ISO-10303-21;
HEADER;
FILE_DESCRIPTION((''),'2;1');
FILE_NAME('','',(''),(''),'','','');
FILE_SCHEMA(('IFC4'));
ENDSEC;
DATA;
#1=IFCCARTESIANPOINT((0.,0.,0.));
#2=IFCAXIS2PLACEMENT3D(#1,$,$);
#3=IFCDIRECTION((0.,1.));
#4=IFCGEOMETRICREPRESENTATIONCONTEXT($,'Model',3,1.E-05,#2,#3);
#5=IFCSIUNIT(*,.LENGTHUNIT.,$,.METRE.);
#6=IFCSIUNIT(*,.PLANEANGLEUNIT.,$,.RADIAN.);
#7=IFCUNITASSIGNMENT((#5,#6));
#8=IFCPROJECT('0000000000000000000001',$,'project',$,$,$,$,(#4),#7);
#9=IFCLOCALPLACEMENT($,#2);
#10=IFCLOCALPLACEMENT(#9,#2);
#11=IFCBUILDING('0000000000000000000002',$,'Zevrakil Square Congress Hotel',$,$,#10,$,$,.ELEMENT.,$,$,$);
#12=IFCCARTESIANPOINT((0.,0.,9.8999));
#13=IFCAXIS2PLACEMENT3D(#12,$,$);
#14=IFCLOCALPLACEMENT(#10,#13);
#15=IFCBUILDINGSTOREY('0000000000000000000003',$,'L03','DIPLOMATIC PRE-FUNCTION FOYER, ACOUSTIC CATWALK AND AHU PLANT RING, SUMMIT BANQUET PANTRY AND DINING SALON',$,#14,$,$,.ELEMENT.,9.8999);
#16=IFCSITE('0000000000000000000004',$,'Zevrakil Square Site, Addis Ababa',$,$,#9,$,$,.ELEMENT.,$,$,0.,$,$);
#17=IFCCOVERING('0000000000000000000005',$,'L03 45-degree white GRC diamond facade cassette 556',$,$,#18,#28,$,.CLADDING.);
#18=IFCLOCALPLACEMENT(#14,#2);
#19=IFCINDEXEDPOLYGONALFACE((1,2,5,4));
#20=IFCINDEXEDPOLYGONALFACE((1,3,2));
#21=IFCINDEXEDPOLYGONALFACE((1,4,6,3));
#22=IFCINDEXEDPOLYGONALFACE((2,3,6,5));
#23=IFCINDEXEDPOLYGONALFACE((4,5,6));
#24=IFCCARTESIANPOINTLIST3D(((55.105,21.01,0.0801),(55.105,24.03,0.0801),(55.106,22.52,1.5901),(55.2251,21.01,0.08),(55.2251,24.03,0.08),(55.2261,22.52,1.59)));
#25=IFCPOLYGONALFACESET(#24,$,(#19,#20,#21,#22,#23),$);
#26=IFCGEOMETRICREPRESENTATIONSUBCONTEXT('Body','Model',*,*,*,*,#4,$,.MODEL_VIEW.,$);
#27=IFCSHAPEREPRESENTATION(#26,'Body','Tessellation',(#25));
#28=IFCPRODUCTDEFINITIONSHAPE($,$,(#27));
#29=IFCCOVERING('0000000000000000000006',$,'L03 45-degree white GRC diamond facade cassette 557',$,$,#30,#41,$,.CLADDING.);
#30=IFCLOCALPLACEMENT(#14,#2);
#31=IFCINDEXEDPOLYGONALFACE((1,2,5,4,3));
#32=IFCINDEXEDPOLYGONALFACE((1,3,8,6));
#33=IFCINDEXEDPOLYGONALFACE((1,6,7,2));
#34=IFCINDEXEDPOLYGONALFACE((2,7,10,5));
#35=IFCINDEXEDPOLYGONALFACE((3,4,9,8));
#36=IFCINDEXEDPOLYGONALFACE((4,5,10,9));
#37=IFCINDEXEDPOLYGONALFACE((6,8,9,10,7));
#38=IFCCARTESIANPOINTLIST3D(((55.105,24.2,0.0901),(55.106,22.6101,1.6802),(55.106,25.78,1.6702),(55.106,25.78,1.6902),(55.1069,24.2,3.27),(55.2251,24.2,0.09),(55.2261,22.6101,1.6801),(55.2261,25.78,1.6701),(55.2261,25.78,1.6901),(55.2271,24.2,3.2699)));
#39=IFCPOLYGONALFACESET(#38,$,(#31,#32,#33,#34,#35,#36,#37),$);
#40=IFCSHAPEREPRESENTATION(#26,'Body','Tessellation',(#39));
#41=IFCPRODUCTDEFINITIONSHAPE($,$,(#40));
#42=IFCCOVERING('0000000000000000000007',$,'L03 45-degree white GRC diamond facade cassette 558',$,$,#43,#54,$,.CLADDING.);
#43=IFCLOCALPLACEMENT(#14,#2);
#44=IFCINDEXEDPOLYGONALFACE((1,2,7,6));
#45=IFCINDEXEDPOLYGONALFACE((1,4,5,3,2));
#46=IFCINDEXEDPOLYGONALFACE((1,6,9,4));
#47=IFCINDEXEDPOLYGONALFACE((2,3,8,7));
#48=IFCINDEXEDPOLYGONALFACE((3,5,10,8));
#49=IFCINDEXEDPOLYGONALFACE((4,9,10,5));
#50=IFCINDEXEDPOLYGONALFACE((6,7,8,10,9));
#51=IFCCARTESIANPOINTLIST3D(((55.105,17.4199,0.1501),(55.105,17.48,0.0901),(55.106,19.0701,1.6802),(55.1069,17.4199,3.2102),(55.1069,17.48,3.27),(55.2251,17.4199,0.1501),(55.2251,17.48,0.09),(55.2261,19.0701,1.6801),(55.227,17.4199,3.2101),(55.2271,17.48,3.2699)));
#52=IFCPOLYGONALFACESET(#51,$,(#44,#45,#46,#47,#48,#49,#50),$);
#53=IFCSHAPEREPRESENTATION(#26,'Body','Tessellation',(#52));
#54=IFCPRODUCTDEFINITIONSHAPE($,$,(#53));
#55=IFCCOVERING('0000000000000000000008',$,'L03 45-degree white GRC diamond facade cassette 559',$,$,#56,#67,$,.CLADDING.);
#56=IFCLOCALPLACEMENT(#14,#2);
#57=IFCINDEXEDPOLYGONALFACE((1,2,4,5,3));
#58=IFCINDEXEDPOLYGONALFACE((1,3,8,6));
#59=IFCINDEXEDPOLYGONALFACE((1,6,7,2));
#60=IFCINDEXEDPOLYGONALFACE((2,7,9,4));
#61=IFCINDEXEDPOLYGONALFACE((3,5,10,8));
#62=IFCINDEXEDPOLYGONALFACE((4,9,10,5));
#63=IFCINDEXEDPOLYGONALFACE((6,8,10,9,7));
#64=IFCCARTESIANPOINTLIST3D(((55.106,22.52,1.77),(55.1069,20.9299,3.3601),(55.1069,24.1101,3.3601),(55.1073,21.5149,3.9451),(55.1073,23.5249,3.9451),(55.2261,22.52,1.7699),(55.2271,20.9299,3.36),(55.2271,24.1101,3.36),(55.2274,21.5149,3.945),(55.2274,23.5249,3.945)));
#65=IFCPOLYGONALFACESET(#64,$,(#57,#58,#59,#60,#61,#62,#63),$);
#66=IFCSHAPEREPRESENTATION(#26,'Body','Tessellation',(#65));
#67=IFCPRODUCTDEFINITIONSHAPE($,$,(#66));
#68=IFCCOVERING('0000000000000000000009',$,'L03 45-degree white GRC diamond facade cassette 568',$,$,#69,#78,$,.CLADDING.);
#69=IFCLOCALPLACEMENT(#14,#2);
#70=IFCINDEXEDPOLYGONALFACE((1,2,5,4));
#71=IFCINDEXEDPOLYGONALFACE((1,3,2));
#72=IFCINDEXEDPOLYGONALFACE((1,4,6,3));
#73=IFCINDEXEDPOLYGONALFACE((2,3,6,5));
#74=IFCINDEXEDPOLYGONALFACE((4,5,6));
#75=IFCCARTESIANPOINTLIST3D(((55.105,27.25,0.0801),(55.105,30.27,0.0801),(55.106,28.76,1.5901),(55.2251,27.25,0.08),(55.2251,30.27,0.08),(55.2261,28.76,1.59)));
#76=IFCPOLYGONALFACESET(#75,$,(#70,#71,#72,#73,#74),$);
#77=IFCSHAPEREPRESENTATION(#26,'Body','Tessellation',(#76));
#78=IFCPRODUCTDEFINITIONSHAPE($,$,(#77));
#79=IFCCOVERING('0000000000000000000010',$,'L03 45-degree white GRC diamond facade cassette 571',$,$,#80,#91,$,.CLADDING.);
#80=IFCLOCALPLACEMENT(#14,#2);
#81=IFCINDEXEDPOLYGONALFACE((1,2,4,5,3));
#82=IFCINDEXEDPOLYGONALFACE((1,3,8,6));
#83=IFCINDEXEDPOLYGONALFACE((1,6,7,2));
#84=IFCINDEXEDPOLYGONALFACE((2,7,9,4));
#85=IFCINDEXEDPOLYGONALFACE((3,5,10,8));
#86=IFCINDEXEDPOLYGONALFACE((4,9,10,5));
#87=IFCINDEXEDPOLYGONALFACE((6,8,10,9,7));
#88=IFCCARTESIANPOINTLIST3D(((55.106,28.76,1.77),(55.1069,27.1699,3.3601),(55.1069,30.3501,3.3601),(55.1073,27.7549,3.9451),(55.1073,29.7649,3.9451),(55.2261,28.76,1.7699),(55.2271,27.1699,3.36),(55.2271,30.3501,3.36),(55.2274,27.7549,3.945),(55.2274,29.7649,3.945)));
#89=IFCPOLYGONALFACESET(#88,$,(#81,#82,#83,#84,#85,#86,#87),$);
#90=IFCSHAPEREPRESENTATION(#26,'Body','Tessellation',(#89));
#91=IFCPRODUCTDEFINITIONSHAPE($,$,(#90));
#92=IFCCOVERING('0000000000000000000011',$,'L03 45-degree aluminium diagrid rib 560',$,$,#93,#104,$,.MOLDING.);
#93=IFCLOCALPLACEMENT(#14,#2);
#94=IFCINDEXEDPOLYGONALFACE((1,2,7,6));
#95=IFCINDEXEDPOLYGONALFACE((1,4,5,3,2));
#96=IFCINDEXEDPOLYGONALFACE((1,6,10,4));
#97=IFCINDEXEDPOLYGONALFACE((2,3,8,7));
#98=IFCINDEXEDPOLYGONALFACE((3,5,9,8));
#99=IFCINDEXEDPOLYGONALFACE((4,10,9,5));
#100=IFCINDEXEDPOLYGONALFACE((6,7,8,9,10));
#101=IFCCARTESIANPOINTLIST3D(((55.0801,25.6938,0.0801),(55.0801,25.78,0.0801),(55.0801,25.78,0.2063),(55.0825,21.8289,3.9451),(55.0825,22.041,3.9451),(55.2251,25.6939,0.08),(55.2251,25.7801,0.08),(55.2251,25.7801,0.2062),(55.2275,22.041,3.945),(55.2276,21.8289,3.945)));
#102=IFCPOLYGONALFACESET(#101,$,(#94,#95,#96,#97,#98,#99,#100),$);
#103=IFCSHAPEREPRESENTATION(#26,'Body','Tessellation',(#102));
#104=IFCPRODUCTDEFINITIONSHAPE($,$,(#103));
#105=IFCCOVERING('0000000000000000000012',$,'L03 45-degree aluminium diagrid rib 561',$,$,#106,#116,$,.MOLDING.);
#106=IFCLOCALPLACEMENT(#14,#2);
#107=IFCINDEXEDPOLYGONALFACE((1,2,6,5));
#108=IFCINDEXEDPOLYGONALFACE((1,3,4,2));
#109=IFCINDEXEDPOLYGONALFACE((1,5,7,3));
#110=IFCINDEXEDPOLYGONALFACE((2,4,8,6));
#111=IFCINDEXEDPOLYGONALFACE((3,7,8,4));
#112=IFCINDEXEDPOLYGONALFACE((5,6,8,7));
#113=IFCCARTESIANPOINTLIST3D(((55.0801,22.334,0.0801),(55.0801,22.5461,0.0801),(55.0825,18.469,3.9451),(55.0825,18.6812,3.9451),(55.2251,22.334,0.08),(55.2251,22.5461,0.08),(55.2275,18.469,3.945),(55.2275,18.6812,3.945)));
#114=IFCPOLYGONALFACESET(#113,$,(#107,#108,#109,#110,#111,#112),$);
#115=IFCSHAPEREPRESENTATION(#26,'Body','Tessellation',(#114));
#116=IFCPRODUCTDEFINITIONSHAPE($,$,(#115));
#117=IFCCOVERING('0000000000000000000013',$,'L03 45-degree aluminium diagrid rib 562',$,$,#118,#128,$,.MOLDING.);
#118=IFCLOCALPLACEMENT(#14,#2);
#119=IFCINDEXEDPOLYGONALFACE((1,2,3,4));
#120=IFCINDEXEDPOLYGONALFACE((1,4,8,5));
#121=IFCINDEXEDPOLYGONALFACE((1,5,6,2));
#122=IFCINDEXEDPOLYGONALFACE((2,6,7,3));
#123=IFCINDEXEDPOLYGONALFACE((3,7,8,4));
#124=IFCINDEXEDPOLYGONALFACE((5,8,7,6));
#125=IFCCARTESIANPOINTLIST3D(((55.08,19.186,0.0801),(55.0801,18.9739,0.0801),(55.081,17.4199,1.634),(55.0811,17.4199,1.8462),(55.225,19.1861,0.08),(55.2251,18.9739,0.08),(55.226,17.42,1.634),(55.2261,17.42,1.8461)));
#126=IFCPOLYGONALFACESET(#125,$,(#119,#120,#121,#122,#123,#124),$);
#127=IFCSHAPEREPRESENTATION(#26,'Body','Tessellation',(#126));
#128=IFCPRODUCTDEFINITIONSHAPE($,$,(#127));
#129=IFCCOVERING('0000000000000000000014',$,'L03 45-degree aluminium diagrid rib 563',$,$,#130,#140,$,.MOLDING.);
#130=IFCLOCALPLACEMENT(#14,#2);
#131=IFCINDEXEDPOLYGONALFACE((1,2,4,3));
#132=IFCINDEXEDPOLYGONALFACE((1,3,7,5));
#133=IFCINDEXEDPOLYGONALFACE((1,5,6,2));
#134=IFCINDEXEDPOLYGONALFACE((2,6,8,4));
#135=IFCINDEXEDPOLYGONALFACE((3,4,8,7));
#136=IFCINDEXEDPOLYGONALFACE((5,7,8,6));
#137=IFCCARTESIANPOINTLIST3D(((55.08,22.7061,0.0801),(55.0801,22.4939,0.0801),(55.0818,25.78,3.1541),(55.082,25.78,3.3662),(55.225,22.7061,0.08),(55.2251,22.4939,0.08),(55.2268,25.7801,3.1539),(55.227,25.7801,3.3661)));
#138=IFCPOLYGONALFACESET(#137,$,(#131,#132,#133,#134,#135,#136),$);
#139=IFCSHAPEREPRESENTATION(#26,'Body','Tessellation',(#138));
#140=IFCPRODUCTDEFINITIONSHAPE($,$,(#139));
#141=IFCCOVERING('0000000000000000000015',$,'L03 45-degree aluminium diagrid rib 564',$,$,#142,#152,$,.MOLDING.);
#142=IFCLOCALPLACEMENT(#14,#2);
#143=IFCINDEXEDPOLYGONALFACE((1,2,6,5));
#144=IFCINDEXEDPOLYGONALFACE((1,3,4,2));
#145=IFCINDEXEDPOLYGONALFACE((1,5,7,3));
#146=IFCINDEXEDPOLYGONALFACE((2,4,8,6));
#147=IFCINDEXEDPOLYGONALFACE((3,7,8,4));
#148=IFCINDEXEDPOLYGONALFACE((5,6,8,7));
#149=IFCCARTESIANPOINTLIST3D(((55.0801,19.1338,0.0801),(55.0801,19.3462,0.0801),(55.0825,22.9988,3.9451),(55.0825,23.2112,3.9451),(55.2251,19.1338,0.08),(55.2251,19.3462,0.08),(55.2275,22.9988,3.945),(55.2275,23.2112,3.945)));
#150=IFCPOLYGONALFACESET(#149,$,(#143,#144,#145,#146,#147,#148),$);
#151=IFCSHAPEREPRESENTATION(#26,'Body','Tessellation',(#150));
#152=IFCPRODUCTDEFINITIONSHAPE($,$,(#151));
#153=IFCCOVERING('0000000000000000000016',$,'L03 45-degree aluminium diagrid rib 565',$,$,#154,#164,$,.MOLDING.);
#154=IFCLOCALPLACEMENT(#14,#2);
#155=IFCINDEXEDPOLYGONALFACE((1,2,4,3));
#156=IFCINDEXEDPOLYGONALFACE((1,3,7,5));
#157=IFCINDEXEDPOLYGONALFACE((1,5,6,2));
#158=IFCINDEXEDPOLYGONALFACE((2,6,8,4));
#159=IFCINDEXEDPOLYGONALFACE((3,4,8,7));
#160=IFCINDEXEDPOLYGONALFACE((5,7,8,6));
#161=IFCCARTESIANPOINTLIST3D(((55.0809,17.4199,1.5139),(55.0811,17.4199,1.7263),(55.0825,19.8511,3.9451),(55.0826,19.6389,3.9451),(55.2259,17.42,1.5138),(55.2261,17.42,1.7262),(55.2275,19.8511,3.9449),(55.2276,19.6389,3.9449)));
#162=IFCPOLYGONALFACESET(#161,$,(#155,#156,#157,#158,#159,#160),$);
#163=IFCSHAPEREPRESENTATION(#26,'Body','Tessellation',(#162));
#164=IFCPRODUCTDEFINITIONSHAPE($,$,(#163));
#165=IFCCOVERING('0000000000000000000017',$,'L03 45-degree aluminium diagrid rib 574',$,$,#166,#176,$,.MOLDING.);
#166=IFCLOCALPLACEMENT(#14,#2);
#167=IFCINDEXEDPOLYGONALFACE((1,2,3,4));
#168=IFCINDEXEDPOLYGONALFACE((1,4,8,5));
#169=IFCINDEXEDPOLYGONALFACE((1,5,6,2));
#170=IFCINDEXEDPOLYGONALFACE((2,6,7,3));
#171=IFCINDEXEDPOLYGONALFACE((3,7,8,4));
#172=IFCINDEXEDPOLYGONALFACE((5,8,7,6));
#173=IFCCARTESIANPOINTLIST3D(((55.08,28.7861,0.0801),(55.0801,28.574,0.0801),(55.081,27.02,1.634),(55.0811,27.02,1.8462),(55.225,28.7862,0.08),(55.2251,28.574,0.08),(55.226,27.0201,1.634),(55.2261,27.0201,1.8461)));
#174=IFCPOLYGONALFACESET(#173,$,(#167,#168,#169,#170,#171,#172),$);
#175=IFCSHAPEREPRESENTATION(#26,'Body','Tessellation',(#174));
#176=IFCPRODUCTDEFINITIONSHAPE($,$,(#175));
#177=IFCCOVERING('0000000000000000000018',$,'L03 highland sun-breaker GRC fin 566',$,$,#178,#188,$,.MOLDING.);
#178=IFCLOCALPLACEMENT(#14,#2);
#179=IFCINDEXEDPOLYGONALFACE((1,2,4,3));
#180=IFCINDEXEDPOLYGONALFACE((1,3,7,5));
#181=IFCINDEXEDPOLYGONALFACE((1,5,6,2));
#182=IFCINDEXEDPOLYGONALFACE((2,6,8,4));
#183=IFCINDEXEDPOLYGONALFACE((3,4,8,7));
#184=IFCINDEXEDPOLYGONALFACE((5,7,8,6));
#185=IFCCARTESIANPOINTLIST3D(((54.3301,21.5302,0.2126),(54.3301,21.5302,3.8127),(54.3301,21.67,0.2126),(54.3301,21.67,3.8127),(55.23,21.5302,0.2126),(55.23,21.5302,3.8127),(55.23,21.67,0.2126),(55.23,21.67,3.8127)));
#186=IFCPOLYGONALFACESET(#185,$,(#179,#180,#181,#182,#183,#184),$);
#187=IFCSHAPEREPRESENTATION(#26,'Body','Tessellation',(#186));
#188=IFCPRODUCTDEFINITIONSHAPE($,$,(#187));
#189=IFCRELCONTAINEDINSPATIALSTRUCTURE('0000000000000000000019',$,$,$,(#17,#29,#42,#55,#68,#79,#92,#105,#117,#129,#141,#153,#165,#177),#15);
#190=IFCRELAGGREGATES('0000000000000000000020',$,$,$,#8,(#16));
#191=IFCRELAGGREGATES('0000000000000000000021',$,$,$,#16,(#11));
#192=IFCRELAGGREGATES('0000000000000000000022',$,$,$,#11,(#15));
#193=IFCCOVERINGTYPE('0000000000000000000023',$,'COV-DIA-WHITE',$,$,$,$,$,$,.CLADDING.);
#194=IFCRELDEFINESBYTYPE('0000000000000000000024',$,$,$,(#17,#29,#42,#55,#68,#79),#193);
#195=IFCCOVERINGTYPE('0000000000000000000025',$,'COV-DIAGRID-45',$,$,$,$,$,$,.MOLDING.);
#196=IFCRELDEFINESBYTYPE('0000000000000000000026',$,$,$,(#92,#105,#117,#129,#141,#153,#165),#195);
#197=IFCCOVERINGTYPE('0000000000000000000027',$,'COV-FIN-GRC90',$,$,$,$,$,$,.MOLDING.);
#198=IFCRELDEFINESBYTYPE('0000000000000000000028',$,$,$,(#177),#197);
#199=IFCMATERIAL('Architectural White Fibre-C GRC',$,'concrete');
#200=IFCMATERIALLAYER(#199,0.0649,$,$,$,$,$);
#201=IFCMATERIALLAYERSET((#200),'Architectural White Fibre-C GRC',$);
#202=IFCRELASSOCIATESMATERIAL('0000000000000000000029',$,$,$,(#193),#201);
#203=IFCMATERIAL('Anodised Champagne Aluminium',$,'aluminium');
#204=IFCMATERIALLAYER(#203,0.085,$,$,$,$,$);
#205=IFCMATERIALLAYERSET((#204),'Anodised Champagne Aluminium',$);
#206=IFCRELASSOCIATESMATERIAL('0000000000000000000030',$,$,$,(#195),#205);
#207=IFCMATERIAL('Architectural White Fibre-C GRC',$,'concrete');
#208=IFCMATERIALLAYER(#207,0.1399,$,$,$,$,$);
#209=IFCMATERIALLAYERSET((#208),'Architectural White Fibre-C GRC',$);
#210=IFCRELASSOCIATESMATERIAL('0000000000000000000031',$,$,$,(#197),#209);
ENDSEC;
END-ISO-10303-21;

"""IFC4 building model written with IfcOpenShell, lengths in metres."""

from ifc_helpers import new_model, si_unit, direction, frame, origin, origin_2d, place, context, subcontext, project, spatial, polyline, rectangle, outline, extrude, material, layer, layer_set, type_object, element, save


model = new_model("IFC4")

# Units and contexts
model_context = context("Model", 3, precision=1e-05, world=origin(), true_north=direction((0.0, 1.0)))
body_context = subcontext(model_context, "Body", "Model", "MODEL_VIEW")
ifc_project = project(units=[si_unit("LENGTHUNIT", "METRE"), si_unit("PLANEANGLEUNIT", "RADIAN")], contexts=[model_context])

# Site, building, storey
site_placement = place(None, origin())
site = spatial("IfcSite", under=ifc_project, at=site_placement, Name="Zevrakil Square Site, Addis Ababa", CompositionType="ELEMENT", RefElevation=0.0)
building_placement = place(site_placement, origin())
building = spatial("IfcBuilding", under=site, at=building_placement, Name="Zevrakil Square Congress Hotel", CompositionType="ELEMENT")
storey_placement = place(building_placement, frame((0.0, 0.0, 9.8999)))
storey = spatial("IfcBuildingStorey", under=building, at=storey_placement, Name="L03", Description="DIPLOMATIC PRE-FUNCTION FOYER, ACOUSTIC CATWALK AND AHU PLANT RING, SUMMIT BANQUET PANTRY AND DINING SALON", CompositionType="ELEMENT", Elevation=9.8999)

# Coverings
ifc_material_1 = material(Name="Architectural White Fibre-C GRC", Category="concrete")
ifc_layer_1 = layer(ifc_material_1, 0.0649)
ifc_layer_set_1 = layer_set([ifc_layer_1], Name="Architectural White Fibre-C GRC")
covering_type_1 = type_object("IfcCoveringType", Name="COV-DIA-WHITE", PredefinedType="CLADDING", material=ifc_layer_set_1)
covering_1_placement = place(storey_placement, frame((55.106, 22.52, 1.5901), z_axis=(-1.0, 0.0, 0.000647), x_axis=(-0.000457, -0.707107, -0.707107)))
element("IfcCovering", 1, at=covering_1_placement, inside=storey, type_object=covering_type_1, Name="L03 45-degree white GRC diamond facade cassette 556", PredefinedType="CLADDING", context=body_context, shape_type="SweptSolid", body=[
    extrude(outline(polyline([(0.0, 0.0), (2.1355, 0.0), (0.0, -2.1355), (0.0, 0.0)])), origin(), (0.0, 0.0, -1.0), 0.1201),
])
covering_2_placement = place(storey_placement, frame((55.1069, 24.2, 3.27), z_axis=(-1.0, 0.0, 0.000612), x_axis=(-0.000433, -0.707107, -0.707107)))
element("IfcCovering", 2, at=covering_2_placement, inside=storey, type_object=covering_type_1, Name="L03 45-degree white GRC diamond facade cassette 557", PredefinedType="CLADDING", context=body_context, shape_type="SweptSolid", body=[
    extrude(outline(polyline([(0.0, 0.0), (2.2484, 0.0), (2.2486, -2.2486), (0.014, -2.2486), (-0.0002, -2.2344), (0.0, 0.0)])), origin(), (0.0, 0.0, -1.0), 0.1201),
])
covering_3_placement = place(storey_placement, frame((55.105, 17.48, 0.0901), z_axis=(-1.0, 0.0, 0.000615), x_axis=(0.000435, 0.707107, 0.707107)))
element("IfcCovering", 3, at=covering_3_placement, inside=storey, type_object=covering_type_1, Name="L03 45-degree white GRC diamond facade cassette 558", PredefinedType="CLADDING", context=body_context, shape_type="SweptSolid", body=[
    extrude(outline(polyline([(0.0, 0.0), (2.2487, 0.0), (2.2486, -2.2486), (2.1638, -2.2487), (0.0, -0.0849), (0.0, 0.0)])), origin(), (0.0, 0.0, -1.0), 0.1201),
])
covering_4_placement = place(storey_placement, frame((55.1069, 20.9299, 3.3601), z_axis=(-1.0, 0.0, 0.000601), x_axis=(-0.000425, 0.707107, -0.707107)))
element("IfcCovering", 4, at=covering_4_placement, inside=storey, type_object=covering_type_1, Name="L03 45-degree white GRC diamond facade cassette 559", PredefinedType="CLADDING", context=body_context, shape_type="SweptSolid", body=[
    extrude(outline(polyline([(0.0, 0.0), (2.2487, 0.0), (2.2487, -2.2487), (1.4213, -2.2486), (0.0, -0.8273), (0.0, 0.0)])), origin(), (0.0, 0.0, -1.0), 0.1201),
])
covering_5_placement = place(storey_placement, frame((55.106, 28.76, 1.5901), z_axis=(-1.0, 0.0, 0.000647), x_axis=(-0.000457, -0.707107, -0.707107)))
element("IfcCovering", 5, at=covering_5_placement, inside=storey, type_object=covering_type_1, Name="L03 45-degree white GRC diamond facade cassette 568", PredefinedType="CLADDING", context=body_context, shape_type="SweptSolid", body=[
    extrude(outline(polyline([(0.0, 0.0), (2.1355, 0.0), (0.0, -2.1355), (0.0, 0.0)])), origin(), (0.0, 0.0, -1.0), 0.1201),
])
covering_6_placement = place(storey_placement, frame((55.1069, 27.1699, 3.3601), z_axis=(-1.0, 0.0, 0.000601), x_axis=(-0.000425, 0.707107, -0.707107)))
element("IfcCovering", 6, at=covering_6_placement, inside=storey, type_object=covering_type_1, Name="L03 45-degree white GRC diamond facade cassette 571", PredefinedType="CLADDING", context=body_context, shape_type="SweptSolid", body=[
    extrude(outline(polyline([(0.0, 0.0), (2.2487, 0.0), (2.2487, -2.2487), (1.4213, -2.2486), (0.0, -0.8273), (0.0, 0.0)])), origin(), (0.0, 0.0, -1.0), 0.1201),
])
ifc_material_2 = material(Name="Anodised Champagne Aluminium", Category="aluminium")
ifc_layer_2 = layer(ifc_material_2, 0.085)
ifc_layer_set_2 = layer_set([ifc_layer_2], Name="Anodised Champagne Aluminium")
covering_type_2 = type_object("IfcCoveringType", Name="COV-DIAGRID-45", PredefinedType="MOLDING", material=ifc_layer_set_2)
covering_7_placement = place(storey_placement, frame((55.0801, 25.6938, 0.0801), z_axis=(-1.0, -0.00019, 0.000448), x_axis=(-0.00019, 1.0, 0.0)))
element("IfcCovering", 7, at=covering_7_placement, inside=storey, type_object=covering_type_2, Name="L03 45-degree aluminium diagrid rib 560", PredefinedType="MOLDING", context=body_context, shape_type="SweptSolid", body=[
    extrude(outline(polyline([(0.0, 0.0), (0.0862, 0.0), (0.0862, -0.1262), (-3.6528, -3.865), (-3.865, -3.865), (0.0, 0.0)])), origin(), (0.0, 0.0, -1.0), 0.145),
])
covering_8_placement = place(storey_placement, frame((55.0801, 22.334, 0.0801), z_axis=(-1.0, 0.0, 0.000632), x_axis=(0.0, 1.0, 0.0)))
element("IfcCovering", 8, at=covering_8_placement, inside=storey, type_object=covering_type_2, Name="L03 45-degree aluminium diagrid rib 561", PredefinedType="MOLDING", context=body_context, shape_type="SweptSolid", body=[
    extrude(outline(polyline([(0.0, 0.0), (0.2122, 0.0), (-3.6528, -3.865), (-3.865, -3.865), (0.0, 0.0)])), origin(), (0.0, 0.0, -1.0), 0.145),
])
covering_9_placement = place(storey_placement, frame((55.0801, 18.9739, 0.0801), z_axis=(-1.0, -0.000294, 0.000294), x_axis=(-0.000294, 1.0, 0.0)))
element("IfcCovering", 9, at=covering_9_placement, inside=storey, type_object=covering_type_2, Name="L03 45-degree aluminium diagrid rib 562", PredefinedType="MOLDING", context=body_context, shape_type="SweptSolid", body=[
    extrude(outline(polyline([(0.0, 0.0), (0.2122, 0.0), (-1.554, -1.7661), (-1.554, -1.554), (0.0, 0.0)])), origin(), (0.0, 0.0, -1.0), 0.145),
])
covering_10_placement = place(storey_placement, frame((55.0818, 25.78, 3.1541), z_axis=(-1.0, -0.000287, 0.000863), x_axis=(0.000863, 0.0, 1.0)))
element("IfcCovering", 10, at=covering_10_placement, inside=storey, type_object=covering_type_2, Name="L03 45-degree aluminium diagrid rib 563", PredefinedType="MOLDING", context=body_context, shape_type="SweptSolid", body=[
    extrude(outline(polyline([(0.0, 0.0), (0.2122, 0.0), (-3.074, -3.2861), (-3.074, -3.074), (0.0, 0.0)])), origin(), (0.0, 0.0, -1.0), 0.145),
])
covering_11_placement = place(storey_placement, frame((55.0825, 23.2112, 3.9451), z_axis=(-1.0, 0.0, 0.000632), x_axis=(0.0, -1.0, 0.0)))
element("IfcCovering", 11, at=covering_11_placement, inside=storey, type_object=covering_type_2, Name="L03 45-degree aluminium diagrid rib 564", PredefinedType="MOLDING", context=body_context, shape_type="SweptSolid", body=[
    extrude(outline(polyline([(0.0, 0.0), (0.2124, 0.0), (4.0774, -3.865), (3.865, -3.865), (0.0, 0.0)])), origin(), (0.0, 0.0, -1.0), 0.145),
])
covering_12_placement = place(storey_placement, frame((55.0825, 19.8511, 3.9451), z_axis=(-1.0, -0.000234, 0.000916), x_axis=(0.000234, -1.0, 0.0)))
element("IfcCovering", 12, at=covering_12_placement, inside=storey, type_object=covering_type_2, Name="L03 45-degree aluminium diagrid rib 565", PredefinedType="MOLDING", context=body_context, shape_type="SweptSolid", body=[
    extrude(outline(polyline([(0.0, 0.0), (0.2122, 0.0), (2.4312, -2.2188), (2.4312, -2.4312), (0.0, 0.0)])), origin(), (0.0, 0.0, -1.0), 0.145),
])
covering_13_placement = place(storey_placement, frame((55.0801, 28.574, 0.0801), z_axis=(-1.0, -0.000294, 0.000294), x_axis=(-0.000294, 1.0, 0.0)))
element("IfcCovering", 13, at=covering_13_placement, inside=storey, type_object=covering_type_2, Name="L03 45-degree aluminium diagrid rib 574", PredefinedType="MOLDING", context=body_context, shape_type="SweptSolid", body=[
    extrude(outline(polyline([(0.0, 0.0), (0.2122, 0.0), (-1.554, -1.7661), (-1.554, -1.554), (0.0, 0.0)])), origin(), (0.0, 0.0, -1.0), 0.145),
])
ifc_material_3 = material(Name="Architectural White Fibre-C GRC", Category="concrete")
ifc_layer_3 = layer(ifc_material_3, 0.1399)
ifc_layer_set_3 = layer_set([ifc_layer_3], Name="Architectural White Fibre-C GRC")
covering_type_3 = type_object("IfcCoveringType", Name="COV-FIN-GRC90", PredefinedType="MOLDING", material=ifc_layer_set_3)
covering_14_placement = place(storey_placement, frame((54.78, 21.6001, 0.2126), z_axis=(0.0, 0.0, 1.0), x_axis=(-1.0, 0.0, 0.0)))
element("IfcCovering", 14, at=covering_14_placement, inside=storey, type_object=covering_type_3, Name="L03 highland sun-breaker GRC fin 566", PredefinedType="MOLDING", context=body_context, shape_type="SweptSolid", body=[
    extrude(rectangle(XDim=0.8999, YDim=0.1399, at=origin_2d()), origin(), (0.0, 0.0, 1.0), 3.6001),
])

save(model, "model.ifc")
